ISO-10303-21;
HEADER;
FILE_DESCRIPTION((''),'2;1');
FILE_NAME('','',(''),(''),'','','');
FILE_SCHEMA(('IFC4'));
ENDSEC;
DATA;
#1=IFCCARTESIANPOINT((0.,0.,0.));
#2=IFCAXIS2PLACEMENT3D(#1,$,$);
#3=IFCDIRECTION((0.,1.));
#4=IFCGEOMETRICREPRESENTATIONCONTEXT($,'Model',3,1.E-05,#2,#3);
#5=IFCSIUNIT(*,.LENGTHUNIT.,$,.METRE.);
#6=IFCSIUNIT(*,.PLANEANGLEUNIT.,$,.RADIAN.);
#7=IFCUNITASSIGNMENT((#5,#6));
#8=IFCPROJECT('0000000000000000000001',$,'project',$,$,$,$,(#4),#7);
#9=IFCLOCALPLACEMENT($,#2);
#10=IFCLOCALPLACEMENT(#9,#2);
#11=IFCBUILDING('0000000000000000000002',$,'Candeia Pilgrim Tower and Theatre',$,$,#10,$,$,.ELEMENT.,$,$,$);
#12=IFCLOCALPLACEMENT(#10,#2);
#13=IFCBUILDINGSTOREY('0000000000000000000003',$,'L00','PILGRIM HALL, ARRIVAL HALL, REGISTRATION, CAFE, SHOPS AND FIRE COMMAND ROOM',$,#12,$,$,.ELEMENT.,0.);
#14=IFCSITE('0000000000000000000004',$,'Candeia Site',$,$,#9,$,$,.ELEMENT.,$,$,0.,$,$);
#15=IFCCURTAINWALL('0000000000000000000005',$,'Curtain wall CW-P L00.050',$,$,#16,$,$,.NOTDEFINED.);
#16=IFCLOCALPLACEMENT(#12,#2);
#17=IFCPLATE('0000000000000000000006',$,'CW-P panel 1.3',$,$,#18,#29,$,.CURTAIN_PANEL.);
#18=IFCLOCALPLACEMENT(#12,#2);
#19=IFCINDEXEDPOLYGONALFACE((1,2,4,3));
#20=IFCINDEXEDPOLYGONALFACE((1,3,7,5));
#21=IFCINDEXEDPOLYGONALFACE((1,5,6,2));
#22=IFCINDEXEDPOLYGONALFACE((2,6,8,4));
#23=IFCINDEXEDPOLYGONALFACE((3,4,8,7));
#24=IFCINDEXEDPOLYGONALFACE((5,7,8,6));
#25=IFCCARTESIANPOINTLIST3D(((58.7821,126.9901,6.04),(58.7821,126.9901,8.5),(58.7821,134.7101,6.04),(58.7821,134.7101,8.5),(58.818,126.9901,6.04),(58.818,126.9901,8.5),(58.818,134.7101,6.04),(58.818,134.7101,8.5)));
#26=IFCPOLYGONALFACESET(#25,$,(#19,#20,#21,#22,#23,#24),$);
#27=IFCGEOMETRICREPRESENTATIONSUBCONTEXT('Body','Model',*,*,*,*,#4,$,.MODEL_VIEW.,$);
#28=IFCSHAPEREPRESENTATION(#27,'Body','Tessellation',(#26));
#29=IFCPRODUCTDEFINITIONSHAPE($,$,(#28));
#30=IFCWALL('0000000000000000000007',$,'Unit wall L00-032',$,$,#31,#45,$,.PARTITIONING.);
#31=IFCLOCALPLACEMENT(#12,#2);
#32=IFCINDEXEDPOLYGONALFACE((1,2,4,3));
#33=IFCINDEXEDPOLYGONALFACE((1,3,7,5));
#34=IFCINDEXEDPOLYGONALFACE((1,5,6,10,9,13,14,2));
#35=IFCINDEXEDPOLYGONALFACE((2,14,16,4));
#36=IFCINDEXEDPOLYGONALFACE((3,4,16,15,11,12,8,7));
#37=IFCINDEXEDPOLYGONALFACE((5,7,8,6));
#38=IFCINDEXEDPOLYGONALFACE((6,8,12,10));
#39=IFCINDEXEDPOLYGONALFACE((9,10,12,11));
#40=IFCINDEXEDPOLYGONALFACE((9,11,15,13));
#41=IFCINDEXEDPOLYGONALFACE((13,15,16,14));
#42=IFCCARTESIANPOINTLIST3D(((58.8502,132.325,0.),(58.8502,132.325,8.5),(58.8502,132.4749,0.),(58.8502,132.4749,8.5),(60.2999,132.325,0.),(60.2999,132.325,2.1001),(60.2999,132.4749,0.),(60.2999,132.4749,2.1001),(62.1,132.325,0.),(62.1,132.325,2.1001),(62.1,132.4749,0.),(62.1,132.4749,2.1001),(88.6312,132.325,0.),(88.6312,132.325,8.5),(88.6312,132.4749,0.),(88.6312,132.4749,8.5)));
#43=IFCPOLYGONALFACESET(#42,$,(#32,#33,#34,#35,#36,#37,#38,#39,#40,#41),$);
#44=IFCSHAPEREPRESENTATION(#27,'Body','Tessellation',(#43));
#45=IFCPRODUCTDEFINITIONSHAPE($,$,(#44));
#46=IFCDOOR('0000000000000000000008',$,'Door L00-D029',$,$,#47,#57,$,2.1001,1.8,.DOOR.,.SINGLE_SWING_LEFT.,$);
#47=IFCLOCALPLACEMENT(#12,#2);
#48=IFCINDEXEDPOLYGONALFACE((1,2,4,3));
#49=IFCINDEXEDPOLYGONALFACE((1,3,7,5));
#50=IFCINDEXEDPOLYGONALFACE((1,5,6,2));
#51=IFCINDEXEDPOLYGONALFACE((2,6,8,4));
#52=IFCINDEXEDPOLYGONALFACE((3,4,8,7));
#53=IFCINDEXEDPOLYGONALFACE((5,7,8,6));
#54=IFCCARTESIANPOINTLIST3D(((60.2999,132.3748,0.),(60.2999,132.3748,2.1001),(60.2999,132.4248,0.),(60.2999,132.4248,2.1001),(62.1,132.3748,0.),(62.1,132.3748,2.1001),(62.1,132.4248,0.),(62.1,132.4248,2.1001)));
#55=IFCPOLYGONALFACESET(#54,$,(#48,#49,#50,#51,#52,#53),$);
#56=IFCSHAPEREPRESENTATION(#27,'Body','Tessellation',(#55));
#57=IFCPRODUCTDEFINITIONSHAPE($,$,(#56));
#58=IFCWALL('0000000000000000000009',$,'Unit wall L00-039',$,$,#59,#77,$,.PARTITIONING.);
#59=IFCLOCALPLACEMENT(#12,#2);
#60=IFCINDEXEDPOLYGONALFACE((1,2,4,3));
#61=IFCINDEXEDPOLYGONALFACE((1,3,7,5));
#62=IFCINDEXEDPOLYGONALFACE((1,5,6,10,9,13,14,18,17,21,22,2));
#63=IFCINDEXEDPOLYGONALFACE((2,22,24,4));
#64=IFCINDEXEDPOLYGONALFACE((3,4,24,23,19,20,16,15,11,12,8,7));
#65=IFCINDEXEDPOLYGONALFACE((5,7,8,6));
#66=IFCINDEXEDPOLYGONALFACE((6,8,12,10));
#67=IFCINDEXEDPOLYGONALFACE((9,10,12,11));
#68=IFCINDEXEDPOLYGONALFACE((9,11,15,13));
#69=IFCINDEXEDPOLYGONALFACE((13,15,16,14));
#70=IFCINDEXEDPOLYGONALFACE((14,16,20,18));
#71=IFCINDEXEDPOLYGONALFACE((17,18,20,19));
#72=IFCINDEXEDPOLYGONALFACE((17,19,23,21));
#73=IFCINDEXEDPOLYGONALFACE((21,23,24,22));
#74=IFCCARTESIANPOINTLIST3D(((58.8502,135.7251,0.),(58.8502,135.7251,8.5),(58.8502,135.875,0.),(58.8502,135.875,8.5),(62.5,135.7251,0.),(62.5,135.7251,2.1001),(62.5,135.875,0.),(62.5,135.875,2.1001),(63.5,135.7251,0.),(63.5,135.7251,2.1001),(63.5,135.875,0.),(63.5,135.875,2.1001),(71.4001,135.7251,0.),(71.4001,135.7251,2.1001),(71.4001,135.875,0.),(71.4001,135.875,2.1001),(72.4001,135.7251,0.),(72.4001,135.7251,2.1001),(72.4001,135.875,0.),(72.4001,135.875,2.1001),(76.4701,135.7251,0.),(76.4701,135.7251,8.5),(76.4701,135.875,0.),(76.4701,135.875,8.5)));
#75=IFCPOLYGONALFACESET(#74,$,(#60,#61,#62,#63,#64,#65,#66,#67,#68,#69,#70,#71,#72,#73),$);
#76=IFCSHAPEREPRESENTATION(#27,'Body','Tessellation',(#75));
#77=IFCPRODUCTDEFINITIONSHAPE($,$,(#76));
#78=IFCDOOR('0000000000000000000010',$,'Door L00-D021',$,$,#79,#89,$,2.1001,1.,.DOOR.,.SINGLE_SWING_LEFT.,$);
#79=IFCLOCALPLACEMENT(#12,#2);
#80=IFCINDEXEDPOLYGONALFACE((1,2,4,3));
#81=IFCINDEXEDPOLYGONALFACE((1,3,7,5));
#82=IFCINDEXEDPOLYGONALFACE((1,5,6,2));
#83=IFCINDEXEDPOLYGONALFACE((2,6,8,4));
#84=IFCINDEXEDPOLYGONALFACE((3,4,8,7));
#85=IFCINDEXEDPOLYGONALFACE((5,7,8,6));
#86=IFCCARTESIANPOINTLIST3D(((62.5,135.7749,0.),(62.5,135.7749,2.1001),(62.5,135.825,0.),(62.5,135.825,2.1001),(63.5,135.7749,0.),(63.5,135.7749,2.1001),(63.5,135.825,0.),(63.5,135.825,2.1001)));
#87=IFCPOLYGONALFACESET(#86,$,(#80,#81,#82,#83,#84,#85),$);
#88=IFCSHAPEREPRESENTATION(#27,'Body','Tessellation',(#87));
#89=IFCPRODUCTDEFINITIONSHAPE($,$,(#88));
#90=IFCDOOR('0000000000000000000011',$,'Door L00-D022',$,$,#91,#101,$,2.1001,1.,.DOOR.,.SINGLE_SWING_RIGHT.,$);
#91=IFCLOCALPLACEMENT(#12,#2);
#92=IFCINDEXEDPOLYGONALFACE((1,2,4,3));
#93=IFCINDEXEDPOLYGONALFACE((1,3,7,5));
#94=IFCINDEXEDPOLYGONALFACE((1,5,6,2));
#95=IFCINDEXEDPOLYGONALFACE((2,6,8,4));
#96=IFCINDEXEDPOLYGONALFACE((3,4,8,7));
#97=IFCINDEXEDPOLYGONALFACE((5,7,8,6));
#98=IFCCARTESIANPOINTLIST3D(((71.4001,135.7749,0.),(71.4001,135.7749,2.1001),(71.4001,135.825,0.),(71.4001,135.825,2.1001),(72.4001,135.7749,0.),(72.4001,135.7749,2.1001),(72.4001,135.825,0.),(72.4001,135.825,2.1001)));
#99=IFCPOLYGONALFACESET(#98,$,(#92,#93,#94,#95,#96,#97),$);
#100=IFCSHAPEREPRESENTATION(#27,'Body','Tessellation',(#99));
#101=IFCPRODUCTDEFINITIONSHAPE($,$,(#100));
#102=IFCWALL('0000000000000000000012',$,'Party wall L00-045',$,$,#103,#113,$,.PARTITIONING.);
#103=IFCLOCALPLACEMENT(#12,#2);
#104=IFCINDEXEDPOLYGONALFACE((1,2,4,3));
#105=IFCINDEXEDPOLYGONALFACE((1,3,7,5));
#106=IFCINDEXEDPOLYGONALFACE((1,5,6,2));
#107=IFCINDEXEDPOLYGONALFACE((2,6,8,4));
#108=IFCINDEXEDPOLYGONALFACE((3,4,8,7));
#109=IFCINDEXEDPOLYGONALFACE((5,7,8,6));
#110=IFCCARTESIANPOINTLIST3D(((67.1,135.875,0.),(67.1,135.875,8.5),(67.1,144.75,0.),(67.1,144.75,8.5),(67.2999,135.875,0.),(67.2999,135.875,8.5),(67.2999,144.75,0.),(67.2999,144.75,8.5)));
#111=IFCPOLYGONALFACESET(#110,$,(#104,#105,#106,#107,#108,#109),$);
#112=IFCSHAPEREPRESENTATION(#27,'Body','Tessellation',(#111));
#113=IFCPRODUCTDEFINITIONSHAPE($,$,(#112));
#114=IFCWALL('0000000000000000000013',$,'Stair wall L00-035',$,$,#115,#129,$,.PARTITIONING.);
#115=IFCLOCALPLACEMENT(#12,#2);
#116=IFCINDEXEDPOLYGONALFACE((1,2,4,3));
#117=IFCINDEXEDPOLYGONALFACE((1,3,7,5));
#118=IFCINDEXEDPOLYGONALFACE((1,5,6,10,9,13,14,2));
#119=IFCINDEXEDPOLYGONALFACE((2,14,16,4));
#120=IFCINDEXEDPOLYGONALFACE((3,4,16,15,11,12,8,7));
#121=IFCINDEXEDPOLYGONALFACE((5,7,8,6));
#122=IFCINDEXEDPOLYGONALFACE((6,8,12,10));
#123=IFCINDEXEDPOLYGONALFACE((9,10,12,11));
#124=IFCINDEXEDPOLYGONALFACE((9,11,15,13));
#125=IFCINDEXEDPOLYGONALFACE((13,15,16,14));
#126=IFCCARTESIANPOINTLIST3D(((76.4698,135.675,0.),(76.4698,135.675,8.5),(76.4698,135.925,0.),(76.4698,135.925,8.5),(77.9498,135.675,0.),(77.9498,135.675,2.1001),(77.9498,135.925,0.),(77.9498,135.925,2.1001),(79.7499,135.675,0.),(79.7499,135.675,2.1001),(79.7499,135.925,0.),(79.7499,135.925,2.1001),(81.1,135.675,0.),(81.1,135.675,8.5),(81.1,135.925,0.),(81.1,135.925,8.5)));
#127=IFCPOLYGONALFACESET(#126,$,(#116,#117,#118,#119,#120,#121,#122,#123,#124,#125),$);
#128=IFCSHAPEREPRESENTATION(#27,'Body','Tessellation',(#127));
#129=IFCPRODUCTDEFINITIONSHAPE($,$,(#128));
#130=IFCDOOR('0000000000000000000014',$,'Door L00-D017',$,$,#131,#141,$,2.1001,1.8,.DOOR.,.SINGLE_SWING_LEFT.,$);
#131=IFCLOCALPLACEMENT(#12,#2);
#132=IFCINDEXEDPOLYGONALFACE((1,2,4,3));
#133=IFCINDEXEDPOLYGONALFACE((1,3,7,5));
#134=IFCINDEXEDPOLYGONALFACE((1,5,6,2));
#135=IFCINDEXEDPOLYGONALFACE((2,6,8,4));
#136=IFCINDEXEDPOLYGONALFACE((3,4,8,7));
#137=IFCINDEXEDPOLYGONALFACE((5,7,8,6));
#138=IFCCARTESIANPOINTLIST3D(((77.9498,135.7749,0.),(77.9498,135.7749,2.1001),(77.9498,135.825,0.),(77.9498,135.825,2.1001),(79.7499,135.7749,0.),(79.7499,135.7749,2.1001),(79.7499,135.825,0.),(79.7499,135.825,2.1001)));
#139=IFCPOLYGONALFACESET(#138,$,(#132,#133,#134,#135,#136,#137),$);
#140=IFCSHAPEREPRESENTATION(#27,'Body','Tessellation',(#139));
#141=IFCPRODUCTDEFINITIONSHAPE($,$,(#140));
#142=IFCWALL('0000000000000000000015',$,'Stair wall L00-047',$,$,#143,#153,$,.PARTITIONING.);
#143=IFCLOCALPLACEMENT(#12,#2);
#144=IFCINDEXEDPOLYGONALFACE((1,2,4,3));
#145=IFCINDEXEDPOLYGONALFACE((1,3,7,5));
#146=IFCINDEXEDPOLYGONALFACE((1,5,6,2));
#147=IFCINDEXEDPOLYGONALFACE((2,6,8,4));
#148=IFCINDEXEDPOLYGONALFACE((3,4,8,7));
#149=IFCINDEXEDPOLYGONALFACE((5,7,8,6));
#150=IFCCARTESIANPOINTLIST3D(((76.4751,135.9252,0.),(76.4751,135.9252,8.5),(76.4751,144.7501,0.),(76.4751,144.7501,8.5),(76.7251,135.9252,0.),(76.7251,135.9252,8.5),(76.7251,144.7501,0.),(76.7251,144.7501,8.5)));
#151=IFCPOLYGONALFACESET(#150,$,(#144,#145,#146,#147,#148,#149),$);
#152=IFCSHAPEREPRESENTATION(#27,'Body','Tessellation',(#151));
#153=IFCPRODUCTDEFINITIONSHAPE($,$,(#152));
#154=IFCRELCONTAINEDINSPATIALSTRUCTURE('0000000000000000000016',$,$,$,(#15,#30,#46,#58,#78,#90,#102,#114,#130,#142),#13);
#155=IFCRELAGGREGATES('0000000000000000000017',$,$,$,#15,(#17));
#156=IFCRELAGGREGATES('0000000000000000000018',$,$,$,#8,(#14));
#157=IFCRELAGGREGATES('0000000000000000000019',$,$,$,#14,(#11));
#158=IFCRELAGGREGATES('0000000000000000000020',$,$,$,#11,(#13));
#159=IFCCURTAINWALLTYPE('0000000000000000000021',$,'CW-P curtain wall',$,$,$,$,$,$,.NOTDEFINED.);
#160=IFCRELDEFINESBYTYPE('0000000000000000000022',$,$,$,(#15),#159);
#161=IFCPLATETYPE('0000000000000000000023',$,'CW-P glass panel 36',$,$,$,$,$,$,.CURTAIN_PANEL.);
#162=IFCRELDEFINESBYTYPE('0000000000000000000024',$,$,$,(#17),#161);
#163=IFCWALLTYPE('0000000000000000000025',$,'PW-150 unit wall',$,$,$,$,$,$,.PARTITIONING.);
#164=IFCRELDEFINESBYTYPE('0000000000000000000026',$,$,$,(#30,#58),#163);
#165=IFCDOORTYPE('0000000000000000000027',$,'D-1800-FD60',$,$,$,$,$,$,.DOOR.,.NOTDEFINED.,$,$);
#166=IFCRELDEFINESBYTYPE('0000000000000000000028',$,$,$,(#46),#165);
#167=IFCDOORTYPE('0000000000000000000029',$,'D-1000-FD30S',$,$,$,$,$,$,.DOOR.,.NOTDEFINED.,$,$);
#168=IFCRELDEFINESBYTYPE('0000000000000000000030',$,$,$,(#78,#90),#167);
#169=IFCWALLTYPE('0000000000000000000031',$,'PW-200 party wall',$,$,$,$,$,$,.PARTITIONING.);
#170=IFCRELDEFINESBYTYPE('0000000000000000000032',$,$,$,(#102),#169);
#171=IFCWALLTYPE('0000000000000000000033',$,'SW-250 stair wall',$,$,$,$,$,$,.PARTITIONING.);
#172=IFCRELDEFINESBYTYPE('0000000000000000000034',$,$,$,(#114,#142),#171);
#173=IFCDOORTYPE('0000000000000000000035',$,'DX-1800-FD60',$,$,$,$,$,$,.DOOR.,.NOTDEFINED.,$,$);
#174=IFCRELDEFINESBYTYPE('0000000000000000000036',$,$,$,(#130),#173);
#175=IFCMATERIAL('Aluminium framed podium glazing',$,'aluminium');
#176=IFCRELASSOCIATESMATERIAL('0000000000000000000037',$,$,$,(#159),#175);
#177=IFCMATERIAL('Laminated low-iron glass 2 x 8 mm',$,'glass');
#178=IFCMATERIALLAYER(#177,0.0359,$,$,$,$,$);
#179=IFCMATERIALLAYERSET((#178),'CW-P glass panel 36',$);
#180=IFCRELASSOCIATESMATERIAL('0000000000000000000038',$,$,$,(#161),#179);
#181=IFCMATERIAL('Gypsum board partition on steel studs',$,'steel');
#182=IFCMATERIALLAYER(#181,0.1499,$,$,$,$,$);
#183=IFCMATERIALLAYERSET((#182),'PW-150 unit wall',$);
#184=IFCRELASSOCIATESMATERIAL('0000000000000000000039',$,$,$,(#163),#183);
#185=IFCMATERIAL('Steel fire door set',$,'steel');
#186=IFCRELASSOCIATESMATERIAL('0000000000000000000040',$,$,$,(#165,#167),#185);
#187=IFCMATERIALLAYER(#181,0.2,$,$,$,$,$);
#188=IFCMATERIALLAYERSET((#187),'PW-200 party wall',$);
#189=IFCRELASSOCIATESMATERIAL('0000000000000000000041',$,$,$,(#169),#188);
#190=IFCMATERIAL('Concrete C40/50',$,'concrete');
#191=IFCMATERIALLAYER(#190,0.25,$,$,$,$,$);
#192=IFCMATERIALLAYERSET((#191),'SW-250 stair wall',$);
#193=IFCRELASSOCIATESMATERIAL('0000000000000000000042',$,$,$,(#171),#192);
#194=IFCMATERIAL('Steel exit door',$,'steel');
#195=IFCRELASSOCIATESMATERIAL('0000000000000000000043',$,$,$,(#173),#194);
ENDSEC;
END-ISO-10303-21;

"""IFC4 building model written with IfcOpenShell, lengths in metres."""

from ifc_helpers import new_model, si_unit, direction, frame, frame_2d, origin, origin_2d, place, context, subcontext, project, spatial, rectangle, extrude, material, layer, layer_set, type_object, element, fill, aggregate, save


model = new_model("IFC4")

# Units and contexts
model_context = context("Model", 3, precision=1e-05, world=origin(), true_north=direction((0.0, 1.0)))
body_context = subcontext(model_context, "Body", "Model", "MODEL_VIEW")
ifc_project = project(units=[si_unit("LENGTHUNIT", "METRE"), si_unit("PLANEANGLEUNIT", "RADIAN")], contexts=[model_context])

# Site, building, storey
site_placement = place(None, origin())
site = spatial("IfcSite", under=ifc_project, at=site_placement, Name="Candeia Site", CompositionType="ELEMENT", RefElevation=0.0)
building_placement = place(site_placement, origin())
building = spatial("IfcBuilding", under=site, at=building_placement, Name="Candeia Pilgrim Tower and Theatre", CompositionType="ELEMENT")
storey_placement = place(building_placement, origin())
storey = spatial("IfcBuildingStorey", under=building, at=storey_placement, Name="L00", Description="PILGRIM HALL, ARRIVAL HALL, REGISTRATION, CAFE, SHOPS AND FIRE COMMAND ROOM", CompositionType="ELEMENT", Elevation=0.0)

# Shared definitions
ifc_material_1 = material(Name="Concrete C40/50", Category="concrete")

# Curtain wall
ifc_material_2 = material(Name="Aluminium framed podium glazing", Category="aluminium")
curtain_wall_type = type_object("IfcCurtainWallType", Name="CW-P curtain wall", PredefinedType="NOTDEFINED", material=ifc_material_2)
curtain_wall_1_placement = place(storey_placement, origin())
curtain_wall_1 = element("IfcCurtainWall", 1, at=curtain_wall_1_placement, inside=storey, type_object=curtain_wall_type, Name="Curtain wall CW-P L00.050", PredefinedType="NOTDEFINED")

# Plate
ifc_material_3 = material(Name="Laminated low-iron glass 2 x 8 mm", Category="glass")
ifc_layer_1 = layer(ifc_material_3, 0.0359)
ifc_layer_set_1 = layer_set([ifc_layer_1], Name="CW-P glass panel 36")
plate_type = type_object("IfcPlateType", Name="CW-P glass panel 36", PredefinedType="CURTAIN_PANEL", material=ifc_layer_set_1)
plate_1_placement = place(storey_placement, frame((58.8, 130.8501, 6.04), z_axis=(0.0, 0.0, 1.0), x_axis=(0.0, 1.0, 0.0)))
plate_1 = element("IfcPlate", 2, at=plate_1_placement, type_object=plate_type, Name="CW-P panel 1.3", PredefinedType="CURTAIN_PANEL", context=body_context, shape_type="SweptSolid", body=[
    extrude(rectangle(XDim=7.72, YDim=0.0359, at=origin_2d()), origin(), (0.0, 0.0, 1.0), 2.46),
])
aggregate(curtain_wall_1, [plate_1])

# Wall, opening, door
ifc_material_4 = material(Name="Gypsum board partition on steel studs", Category="steel")
ifc_layer_2 = layer(ifc_material_4, 0.1499)
ifc_layer_set_2 = layer_set([ifc_layer_2], Name="PW-150 unit wall")
wall_type_1 = type_object("IfcWallType", Name="PW-150 unit wall", PredefinedType="PARTITIONING", material=ifc_layer_set_2)
wall_1_placement = place(storey_placement, frame((58.8501, 132.3999, 0.0), z_axis=(0.0, 0.0, 1.0), x_axis=(1.0, 0.0, 0.0)))
wall_1 = element("IfcWall", 3, at=wall_1_placement, inside=storey, type_object=wall_type_1, Name="Unit wall L00-032", PredefinedType="PARTITIONING", context=body_context, shape_type="SweptSolid", body=[
    extrude(rectangle(XDim=29.781, YDim=0.1499, at=frame_2d((14.8906, 0.0))), origin(), (0.0, 0.0, 1.0), 8.5),
])
opening_1_placement = place(wall_1_placement, frame((1.45, 0.0, 0.0)))
opening_1 = element("IfcOpeningElement", 4, at=opening_1_placement, cuts=wall_1, PredefinedType="OPENING", context=body_context, shape_type="SweptSolid", body=[
    extrude(rectangle(XDim=1.8, YDim=2.1001, at=frame_2d((0.8999, 1.05))), frame((0.0, 0.085, 0.0), z_axis=(0.0, -1.0, 0.0), x_axis=(1.0, 0.0, 0.0)), (0.0, 0.0, 1.0), 0.1699),
])
ifc_material_5 = material(Name="Steel fire door set", Category="steel")
door_type_1 = type_object("IfcDoorType", Name="D-1800-FD60", OperationType="NOTDEFINED", PredefinedType="DOOR", material=ifc_material_5)
door_1_placement = place(opening_1_placement, origin())
door_1 = element("IfcDoor", 5, at=door_1_placement, inside=storey, type_object=door_type_1, Name="Door L00-D029", OperationType="SINGLE_SWING_LEFT", OverallHeight=2.1001, OverallWidth=1.8, PredefinedType="DOOR", context=body_context, shape_type="SweptSolid", body=[
    extrude(rectangle(XDim=1.8, YDim=2.1001, at=frame_2d((0.8999, 1.05))), frame((0.0, 0.0249, 0.0), z_axis=(0.0, -1.0, 0.0), x_axis=(1.0, 0.0, 0.0)), (0.0, 0.0, 1.0), 0.05),
])
fill(opening_1, door_1)

# Wall, openings, doors
wall_2_placement = place(storey_placement, frame((58.8501, 135.8, 0.0), z_axis=(0.0, 0.0, 1.0), x_axis=(1.0, 0.0, 0.0)))
wall_2 = element("IfcWall", 6, at=wall_2_placement, inside=storey, type_object=wall_type_1, Name="Unit wall L00-039", PredefinedType="PARTITIONING", context=body_context, shape_type="SweptSolid", body=[
    extrude(rectangle(XDim=17.6199, YDim=0.1499, at=frame_2d((8.8101, 0.0))), origin(), (0.0, 0.0, 1.0), 8.5),
])
opening_2_placement = place(wall_2_placement, frame((3.6499, 0.0, 0.0)))
opening_2 = element("IfcOpeningElement", 7, at=opening_2_placement, cuts=wall_2, PredefinedType="OPENING", context=body_context, shape_type="SweptSolid", body=[
    extrude(rectangle(XDim=1.0, YDim=2.1001, at=frame_2d((0.5, 1.05))), frame((0.0, 0.085, 0.0), z_axis=(0.0, -1.0, 0.0), x_axis=(1.0, 0.0, 0.0)), (0.0, 0.0, 1.0), 0.1699),
])
opening_3_placement = place(wall_2_placement, frame((12.55, 0.0, 0.0)))
opening_3 = element("IfcOpeningElement", 8, at=opening_3_placement, cuts=wall_2, PredefinedType="OPENING", context=body_context, shape_type="SweptSolid", body=[
    extrude(rectangle(XDim=1.0, YDim=2.1001, at=frame_2d((0.5, 1.05))), frame((0.0, 0.085, 0.0), z_axis=(0.0, -1.0, 0.0), x_axis=(1.0, 0.0, 0.0)), (0.0, 0.0, 1.0), 0.1699),
])
door_type_2 = type_object("IfcDoorType", Name="D-1000-FD30S", OperationType="NOTDEFINED", PredefinedType="DOOR", material=ifc_material_5)
door_2_placement = place(opening_2_placement, origin())
door_2 = element("IfcDoor", 9, at=door_2_placement, inside=storey, type_object=door_type_2, Name="Door L00-D021", OperationType="SINGLE_SWING_LEFT", OverallHeight=2.1001, OverallWidth=1.0, PredefinedType="DOOR", context=body_context, shape_type="SweptSolid", body=[
    extrude(rectangle(XDim=1.0, YDim=2.1001, at=frame_2d((0.5, 1.05))), frame((0.0, 0.0249, 0.0), z_axis=(0.0, -1.0, 0.0), x_axis=(1.0, 0.0, 0.0)), (0.0, 0.0, 1.0), 0.05),
])
fill(opening_2, door_2)
door_3_placement = place(opening_3_placement, origin())
door_3 = element("IfcDoor", 10, at=door_3_placement, inside=storey, type_object=door_type_2, Name="Door L00-D022", OperationType="SINGLE_SWING_RIGHT", OverallHeight=2.1001, OverallWidth=1.0, PredefinedType="DOOR", context=body_context, shape_type="SweptSolid", body=[
    extrude(rectangle(XDim=1.0, YDim=2.1001, at=frame_2d((0.5, 1.05))), frame((0.0, 0.0249, 0.0), z_axis=(0.0, -1.0, 0.0), x_axis=(1.0, 0.0, 0.0)), (0.0, 0.0, 1.0), 0.05),
])
fill(opening_3, door_3)

# Wall
ifc_layer_3 = layer(ifc_material_4, 0.2)
ifc_layer_set_3 = layer_set([ifc_layer_3], Name="PW-200 party wall")
wall_type_2 = type_object("IfcWallType", Name="PW-200 party wall", PredefinedType="PARTITIONING", material=ifc_layer_set_3)
wall_3_placement = place(storey_placement, frame((67.2, 135.875, 0.0), z_axis=(0.0, 0.0, 1.0), x_axis=(0.0, 1.0, 0.0)))
element("IfcWall", 11, at=wall_3_placement, inside=storey, type_object=wall_type_2, Name="Party wall L00-045", PredefinedType="PARTITIONING", context=body_context, shape_type="SweptSolid", body=[
    extrude(rectangle(XDim=8.875, YDim=0.2, at=frame_2d((4.4375, 0.0))), origin(), (0.0, 0.0, 1.0), 8.5),
])

# Wall, opening, door
ifc_layer_4 = layer(ifc_material_1, 0.25)
ifc_layer_set_4 = layer_set([ifc_layer_4], Name="SW-250 stair wall")
wall_type_3 = type_object("IfcWallType", Name="SW-250 stair wall", PredefinedType="PARTITIONING", material=ifc_layer_set_4)
wall_4_placement = place(storey_placement, frame((76.47, 135.8, 0.0), z_axis=(0.0, 0.0, 1.0), x_axis=(1.0, 0.0, 0.0)))
wall_4 = element("IfcWall", 12, at=wall_4_placement, inside=storey, type_object=wall_type_3, Name="Stair wall L00-035", PredefinedType="PARTITIONING", context=body_context, shape_type="SweptSolid", body=[
    extrude(rectangle(XDim=4.6301, YDim=0.25, at=frame_2d((2.3149, 0.0))), origin(), (0.0, 0.0, 1.0), 8.5),
])
opening_4_placement = place(wall_4_placement, frame((1.48, 0.0, 0.0)))
opening_4 = element("IfcOpeningElement", 13, at=opening_4_placement, cuts=wall_4, PredefinedType="OPENING", context=body_context, shape_type="SweptSolid", body=[
    extrude(rectangle(XDim=1.8, YDim=2.1001, at=frame_2d((0.8999, 1.05))), frame((0.0, 0.135, 0.0), z_axis=(0.0, -1.0, 0.0), x_axis=(1.0, 0.0, 0.0)), (0.0, 0.0, 1.0), 0.27),
])
ifc_material_6 = material(Name="Steel exit door", Category="steel")
door_type_3 = type_object("IfcDoorType", Name="DX-1800-FD60", OperationType="NOTDEFINED", PredefinedType="DOOR", material=ifc_material_6)
door_4_placement = place(opening_4_placement, origin())
door_4 = element("IfcDoor", 14, at=door_4_placement, inside=storey, type_object=door_type_3, Name="Door L00-D017", OperationType="SINGLE_SWING_LEFT", OverallHeight=2.1001, OverallWidth=1.8, PredefinedType="DOOR", context=body_context, shape_type="SweptSolid", body=[
    extrude(rectangle(XDim=1.8, YDim=2.1001, at=frame_2d((0.8999, 1.05))), frame((0.0, 0.0249, 0.0), z_axis=(0.0, -1.0, 0.0), x_axis=(1.0, 0.0, 0.0)), (0.0, 0.0, 1.0), 0.05),
])
fill(opening_4, door_4)

# Wall
wall_5_placement = place(storey_placement, frame((76.6001, 135.925, 0.0), z_axis=(0.0, 0.0, 1.0), x_axis=(0.0, 1.0, 0.0)))
element("IfcWall", 15, at=wall_5_placement, inside=storey, type_object=wall_type_3, Name="Stair wall L00-047", PredefinedType="PARTITIONING", context=body_context, shape_type="SweptSolid", body=[
    extrude(rectangle(XDim=8.825, YDim=0.25, at=frame_2d((4.4126, 0.0))), origin(), (0.0, 0.0, 1.0), 8.5),
])

save(model, "model.ifc")
